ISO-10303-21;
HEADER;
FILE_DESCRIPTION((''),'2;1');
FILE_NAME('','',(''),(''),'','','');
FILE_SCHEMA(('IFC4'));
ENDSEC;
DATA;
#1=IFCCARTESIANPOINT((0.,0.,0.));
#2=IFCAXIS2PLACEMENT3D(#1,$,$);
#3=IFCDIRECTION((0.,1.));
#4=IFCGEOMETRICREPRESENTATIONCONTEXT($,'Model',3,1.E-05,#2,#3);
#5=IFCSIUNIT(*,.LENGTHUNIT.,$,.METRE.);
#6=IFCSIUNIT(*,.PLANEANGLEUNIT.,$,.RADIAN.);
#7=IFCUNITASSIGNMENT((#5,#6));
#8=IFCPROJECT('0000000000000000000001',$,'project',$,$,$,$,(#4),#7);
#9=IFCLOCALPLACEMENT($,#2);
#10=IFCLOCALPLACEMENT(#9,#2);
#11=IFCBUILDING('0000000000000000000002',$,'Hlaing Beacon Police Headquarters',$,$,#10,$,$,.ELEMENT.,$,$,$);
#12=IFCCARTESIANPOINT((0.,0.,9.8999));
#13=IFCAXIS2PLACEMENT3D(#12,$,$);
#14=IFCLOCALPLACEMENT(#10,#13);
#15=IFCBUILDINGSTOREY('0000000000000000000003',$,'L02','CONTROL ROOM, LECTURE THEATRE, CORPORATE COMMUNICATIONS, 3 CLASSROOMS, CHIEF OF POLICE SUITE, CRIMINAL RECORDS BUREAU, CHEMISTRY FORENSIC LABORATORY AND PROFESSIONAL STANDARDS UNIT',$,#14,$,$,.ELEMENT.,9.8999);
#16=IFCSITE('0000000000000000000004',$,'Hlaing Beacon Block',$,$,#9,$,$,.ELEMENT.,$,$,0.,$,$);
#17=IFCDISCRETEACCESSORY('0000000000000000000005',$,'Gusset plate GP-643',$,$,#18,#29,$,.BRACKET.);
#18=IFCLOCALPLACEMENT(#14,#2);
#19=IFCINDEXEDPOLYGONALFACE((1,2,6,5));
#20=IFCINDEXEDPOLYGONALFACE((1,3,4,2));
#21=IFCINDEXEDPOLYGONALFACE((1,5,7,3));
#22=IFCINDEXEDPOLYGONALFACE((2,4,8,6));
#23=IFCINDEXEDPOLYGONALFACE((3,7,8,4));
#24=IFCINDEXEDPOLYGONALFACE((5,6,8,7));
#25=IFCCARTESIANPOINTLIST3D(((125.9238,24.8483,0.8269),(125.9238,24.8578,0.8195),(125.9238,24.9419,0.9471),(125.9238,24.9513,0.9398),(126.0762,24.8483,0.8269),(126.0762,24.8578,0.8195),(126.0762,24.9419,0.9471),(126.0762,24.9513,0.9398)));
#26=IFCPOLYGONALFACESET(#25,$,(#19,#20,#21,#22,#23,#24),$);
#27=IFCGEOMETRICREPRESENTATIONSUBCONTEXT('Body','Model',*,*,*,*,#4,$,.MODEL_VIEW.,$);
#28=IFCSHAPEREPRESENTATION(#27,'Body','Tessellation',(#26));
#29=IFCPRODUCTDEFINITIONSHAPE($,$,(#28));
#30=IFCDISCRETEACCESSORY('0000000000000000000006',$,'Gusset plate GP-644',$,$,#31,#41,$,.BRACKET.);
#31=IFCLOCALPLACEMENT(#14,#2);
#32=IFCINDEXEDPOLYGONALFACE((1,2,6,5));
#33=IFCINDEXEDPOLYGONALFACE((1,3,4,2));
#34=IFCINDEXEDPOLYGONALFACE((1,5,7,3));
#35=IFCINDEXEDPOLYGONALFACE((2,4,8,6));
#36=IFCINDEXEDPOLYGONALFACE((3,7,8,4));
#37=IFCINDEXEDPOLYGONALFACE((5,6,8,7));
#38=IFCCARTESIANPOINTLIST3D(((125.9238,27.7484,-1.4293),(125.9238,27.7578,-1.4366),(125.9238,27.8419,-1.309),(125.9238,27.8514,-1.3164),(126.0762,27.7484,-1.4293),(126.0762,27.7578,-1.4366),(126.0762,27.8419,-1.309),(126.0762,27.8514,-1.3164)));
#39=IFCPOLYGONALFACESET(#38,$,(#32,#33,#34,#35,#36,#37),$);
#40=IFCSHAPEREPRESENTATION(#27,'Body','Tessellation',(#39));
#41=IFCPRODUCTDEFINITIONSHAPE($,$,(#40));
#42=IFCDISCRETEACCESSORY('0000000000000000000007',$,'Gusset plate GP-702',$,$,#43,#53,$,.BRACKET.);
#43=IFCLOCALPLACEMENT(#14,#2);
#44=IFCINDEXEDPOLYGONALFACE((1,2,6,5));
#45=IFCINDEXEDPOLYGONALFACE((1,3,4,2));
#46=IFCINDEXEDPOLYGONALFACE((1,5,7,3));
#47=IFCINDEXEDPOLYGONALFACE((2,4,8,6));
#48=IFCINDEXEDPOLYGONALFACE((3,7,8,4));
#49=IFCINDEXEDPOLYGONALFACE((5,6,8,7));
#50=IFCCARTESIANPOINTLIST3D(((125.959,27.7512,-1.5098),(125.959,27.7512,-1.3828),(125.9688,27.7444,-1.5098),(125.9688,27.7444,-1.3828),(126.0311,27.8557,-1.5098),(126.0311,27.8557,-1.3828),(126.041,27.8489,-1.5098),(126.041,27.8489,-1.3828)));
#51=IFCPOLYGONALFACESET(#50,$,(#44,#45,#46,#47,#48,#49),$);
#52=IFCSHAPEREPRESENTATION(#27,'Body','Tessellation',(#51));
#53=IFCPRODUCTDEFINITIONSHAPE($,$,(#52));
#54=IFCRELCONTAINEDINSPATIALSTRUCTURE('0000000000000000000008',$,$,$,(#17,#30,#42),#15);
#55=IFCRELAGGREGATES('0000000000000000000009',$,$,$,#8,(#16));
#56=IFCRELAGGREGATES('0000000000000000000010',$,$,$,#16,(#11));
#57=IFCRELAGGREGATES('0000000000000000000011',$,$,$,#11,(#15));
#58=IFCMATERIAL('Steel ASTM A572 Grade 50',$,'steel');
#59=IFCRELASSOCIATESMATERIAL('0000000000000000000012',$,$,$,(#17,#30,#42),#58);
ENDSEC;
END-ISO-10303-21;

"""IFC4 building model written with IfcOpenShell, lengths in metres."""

from ifc_helpers import new_model, si_unit, direction, frame, origin, origin_2d, place, context, subcontext, project, spatial, rectangle, extrude, material, element, save


model = new_model("IFC4")

# Units and contexts
model_context = context("Model", 3, precision=1e-05, world=origin(), true_north=direction((0.0, 1.0)))
body_context = subcontext(model_context, "Body", "Model", "MODEL_VIEW")
ifc_project = project(units=[si_unit("LENGTHUNIT", "METRE"), si_unit("PLANEANGLEUNIT", "RADIAN")], contexts=[model_context])

# Site, building, storey
site_placement = place(None, origin())
site = spatial("IfcSite", under=ifc_project, at=site_placement, Name="Hlaing Beacon Block", CompositionType="ELEMENT", RefElevation=0.0)
building_placement = place(site_placement, origin())
building = spatial("IfcBuilding", under=site, at=building_placement, Name="Hlaing Beacon Police Headquarters", CompositionType="ELEMENT")
storey_placement = place(building_placement, frame((0.0, 0.0, 9.8999)))
storey = spatial("IfcBuildingStorey", under=building, at=storey_placement, Name="L02", Description="CONTROL ROOM, LECTURE THEATRE, CORPORATE COMMUNICATIONS, 3 CLASSROOMS, CHIEF OF POLICE SUITE, CRIMINAL RECORDS BUREAU, CHEMISTRY FORENSIC LABORATORY AND PROFESSIONAL STANDARDS UNIT", CompositionType="ELEMENT", Elevation=9.8999)

# Discrete accessories
ifc_material_1 = material(Name="Steel ASTM A572 Grade 50", Category="steel")
for number, where, z_axis, x_axis, name in (
    (1, (126.0, 24.9045, 0.8796), (0.0, -0.789295, 0.614014), (1.0, 0.0, 0.0), "Gusset plate GP-643"),
    (2, (126.0, 27.7952, -1.3691), (0.0, 0.789295, -0.614014), (-1.0, 0.0, 0.0), "Gusset plate GP-644"),
):
    element("IfcDiscreteAccessory", number, at=place(storey_placement, frame(where, z_axis=z_axis, x_axis=x_axis)), inside=storey, material=ifc_material_1, Name=name, PredefinedType="BRACKET", context=body_context, shape_type="SweptSolid", body=[
        extrude(rectangle(XDim=0.1523, YDim=0.1523, at=origin_2d()), origin(), (0.0, 0.0, 1.0), 0.012),
    ])
discrete_accessory_placement = place(storey_placement, frame((126.0049, 27.7966, -1.4463), z_axis=(-0.822892, 0.568198, 0.0), x_axis=(-0.568198, -0.822892, 0.0)))
element("IfcDiscreteAccessory", 3, at=discrete_accessory_placement, inside=storey, material=ifc_material_1, Name="Gusset plate GP-702", PredefinedType="BRACKET", context=body_context, shape_type="SweptSolid", body=[
    extrude(rectangle(XDim=0.127, YDim=0.127, at=origin_2d()), origin(), (0.0, 0.0, 1.0), 0.012),
])

save(model, "model.ifc")
